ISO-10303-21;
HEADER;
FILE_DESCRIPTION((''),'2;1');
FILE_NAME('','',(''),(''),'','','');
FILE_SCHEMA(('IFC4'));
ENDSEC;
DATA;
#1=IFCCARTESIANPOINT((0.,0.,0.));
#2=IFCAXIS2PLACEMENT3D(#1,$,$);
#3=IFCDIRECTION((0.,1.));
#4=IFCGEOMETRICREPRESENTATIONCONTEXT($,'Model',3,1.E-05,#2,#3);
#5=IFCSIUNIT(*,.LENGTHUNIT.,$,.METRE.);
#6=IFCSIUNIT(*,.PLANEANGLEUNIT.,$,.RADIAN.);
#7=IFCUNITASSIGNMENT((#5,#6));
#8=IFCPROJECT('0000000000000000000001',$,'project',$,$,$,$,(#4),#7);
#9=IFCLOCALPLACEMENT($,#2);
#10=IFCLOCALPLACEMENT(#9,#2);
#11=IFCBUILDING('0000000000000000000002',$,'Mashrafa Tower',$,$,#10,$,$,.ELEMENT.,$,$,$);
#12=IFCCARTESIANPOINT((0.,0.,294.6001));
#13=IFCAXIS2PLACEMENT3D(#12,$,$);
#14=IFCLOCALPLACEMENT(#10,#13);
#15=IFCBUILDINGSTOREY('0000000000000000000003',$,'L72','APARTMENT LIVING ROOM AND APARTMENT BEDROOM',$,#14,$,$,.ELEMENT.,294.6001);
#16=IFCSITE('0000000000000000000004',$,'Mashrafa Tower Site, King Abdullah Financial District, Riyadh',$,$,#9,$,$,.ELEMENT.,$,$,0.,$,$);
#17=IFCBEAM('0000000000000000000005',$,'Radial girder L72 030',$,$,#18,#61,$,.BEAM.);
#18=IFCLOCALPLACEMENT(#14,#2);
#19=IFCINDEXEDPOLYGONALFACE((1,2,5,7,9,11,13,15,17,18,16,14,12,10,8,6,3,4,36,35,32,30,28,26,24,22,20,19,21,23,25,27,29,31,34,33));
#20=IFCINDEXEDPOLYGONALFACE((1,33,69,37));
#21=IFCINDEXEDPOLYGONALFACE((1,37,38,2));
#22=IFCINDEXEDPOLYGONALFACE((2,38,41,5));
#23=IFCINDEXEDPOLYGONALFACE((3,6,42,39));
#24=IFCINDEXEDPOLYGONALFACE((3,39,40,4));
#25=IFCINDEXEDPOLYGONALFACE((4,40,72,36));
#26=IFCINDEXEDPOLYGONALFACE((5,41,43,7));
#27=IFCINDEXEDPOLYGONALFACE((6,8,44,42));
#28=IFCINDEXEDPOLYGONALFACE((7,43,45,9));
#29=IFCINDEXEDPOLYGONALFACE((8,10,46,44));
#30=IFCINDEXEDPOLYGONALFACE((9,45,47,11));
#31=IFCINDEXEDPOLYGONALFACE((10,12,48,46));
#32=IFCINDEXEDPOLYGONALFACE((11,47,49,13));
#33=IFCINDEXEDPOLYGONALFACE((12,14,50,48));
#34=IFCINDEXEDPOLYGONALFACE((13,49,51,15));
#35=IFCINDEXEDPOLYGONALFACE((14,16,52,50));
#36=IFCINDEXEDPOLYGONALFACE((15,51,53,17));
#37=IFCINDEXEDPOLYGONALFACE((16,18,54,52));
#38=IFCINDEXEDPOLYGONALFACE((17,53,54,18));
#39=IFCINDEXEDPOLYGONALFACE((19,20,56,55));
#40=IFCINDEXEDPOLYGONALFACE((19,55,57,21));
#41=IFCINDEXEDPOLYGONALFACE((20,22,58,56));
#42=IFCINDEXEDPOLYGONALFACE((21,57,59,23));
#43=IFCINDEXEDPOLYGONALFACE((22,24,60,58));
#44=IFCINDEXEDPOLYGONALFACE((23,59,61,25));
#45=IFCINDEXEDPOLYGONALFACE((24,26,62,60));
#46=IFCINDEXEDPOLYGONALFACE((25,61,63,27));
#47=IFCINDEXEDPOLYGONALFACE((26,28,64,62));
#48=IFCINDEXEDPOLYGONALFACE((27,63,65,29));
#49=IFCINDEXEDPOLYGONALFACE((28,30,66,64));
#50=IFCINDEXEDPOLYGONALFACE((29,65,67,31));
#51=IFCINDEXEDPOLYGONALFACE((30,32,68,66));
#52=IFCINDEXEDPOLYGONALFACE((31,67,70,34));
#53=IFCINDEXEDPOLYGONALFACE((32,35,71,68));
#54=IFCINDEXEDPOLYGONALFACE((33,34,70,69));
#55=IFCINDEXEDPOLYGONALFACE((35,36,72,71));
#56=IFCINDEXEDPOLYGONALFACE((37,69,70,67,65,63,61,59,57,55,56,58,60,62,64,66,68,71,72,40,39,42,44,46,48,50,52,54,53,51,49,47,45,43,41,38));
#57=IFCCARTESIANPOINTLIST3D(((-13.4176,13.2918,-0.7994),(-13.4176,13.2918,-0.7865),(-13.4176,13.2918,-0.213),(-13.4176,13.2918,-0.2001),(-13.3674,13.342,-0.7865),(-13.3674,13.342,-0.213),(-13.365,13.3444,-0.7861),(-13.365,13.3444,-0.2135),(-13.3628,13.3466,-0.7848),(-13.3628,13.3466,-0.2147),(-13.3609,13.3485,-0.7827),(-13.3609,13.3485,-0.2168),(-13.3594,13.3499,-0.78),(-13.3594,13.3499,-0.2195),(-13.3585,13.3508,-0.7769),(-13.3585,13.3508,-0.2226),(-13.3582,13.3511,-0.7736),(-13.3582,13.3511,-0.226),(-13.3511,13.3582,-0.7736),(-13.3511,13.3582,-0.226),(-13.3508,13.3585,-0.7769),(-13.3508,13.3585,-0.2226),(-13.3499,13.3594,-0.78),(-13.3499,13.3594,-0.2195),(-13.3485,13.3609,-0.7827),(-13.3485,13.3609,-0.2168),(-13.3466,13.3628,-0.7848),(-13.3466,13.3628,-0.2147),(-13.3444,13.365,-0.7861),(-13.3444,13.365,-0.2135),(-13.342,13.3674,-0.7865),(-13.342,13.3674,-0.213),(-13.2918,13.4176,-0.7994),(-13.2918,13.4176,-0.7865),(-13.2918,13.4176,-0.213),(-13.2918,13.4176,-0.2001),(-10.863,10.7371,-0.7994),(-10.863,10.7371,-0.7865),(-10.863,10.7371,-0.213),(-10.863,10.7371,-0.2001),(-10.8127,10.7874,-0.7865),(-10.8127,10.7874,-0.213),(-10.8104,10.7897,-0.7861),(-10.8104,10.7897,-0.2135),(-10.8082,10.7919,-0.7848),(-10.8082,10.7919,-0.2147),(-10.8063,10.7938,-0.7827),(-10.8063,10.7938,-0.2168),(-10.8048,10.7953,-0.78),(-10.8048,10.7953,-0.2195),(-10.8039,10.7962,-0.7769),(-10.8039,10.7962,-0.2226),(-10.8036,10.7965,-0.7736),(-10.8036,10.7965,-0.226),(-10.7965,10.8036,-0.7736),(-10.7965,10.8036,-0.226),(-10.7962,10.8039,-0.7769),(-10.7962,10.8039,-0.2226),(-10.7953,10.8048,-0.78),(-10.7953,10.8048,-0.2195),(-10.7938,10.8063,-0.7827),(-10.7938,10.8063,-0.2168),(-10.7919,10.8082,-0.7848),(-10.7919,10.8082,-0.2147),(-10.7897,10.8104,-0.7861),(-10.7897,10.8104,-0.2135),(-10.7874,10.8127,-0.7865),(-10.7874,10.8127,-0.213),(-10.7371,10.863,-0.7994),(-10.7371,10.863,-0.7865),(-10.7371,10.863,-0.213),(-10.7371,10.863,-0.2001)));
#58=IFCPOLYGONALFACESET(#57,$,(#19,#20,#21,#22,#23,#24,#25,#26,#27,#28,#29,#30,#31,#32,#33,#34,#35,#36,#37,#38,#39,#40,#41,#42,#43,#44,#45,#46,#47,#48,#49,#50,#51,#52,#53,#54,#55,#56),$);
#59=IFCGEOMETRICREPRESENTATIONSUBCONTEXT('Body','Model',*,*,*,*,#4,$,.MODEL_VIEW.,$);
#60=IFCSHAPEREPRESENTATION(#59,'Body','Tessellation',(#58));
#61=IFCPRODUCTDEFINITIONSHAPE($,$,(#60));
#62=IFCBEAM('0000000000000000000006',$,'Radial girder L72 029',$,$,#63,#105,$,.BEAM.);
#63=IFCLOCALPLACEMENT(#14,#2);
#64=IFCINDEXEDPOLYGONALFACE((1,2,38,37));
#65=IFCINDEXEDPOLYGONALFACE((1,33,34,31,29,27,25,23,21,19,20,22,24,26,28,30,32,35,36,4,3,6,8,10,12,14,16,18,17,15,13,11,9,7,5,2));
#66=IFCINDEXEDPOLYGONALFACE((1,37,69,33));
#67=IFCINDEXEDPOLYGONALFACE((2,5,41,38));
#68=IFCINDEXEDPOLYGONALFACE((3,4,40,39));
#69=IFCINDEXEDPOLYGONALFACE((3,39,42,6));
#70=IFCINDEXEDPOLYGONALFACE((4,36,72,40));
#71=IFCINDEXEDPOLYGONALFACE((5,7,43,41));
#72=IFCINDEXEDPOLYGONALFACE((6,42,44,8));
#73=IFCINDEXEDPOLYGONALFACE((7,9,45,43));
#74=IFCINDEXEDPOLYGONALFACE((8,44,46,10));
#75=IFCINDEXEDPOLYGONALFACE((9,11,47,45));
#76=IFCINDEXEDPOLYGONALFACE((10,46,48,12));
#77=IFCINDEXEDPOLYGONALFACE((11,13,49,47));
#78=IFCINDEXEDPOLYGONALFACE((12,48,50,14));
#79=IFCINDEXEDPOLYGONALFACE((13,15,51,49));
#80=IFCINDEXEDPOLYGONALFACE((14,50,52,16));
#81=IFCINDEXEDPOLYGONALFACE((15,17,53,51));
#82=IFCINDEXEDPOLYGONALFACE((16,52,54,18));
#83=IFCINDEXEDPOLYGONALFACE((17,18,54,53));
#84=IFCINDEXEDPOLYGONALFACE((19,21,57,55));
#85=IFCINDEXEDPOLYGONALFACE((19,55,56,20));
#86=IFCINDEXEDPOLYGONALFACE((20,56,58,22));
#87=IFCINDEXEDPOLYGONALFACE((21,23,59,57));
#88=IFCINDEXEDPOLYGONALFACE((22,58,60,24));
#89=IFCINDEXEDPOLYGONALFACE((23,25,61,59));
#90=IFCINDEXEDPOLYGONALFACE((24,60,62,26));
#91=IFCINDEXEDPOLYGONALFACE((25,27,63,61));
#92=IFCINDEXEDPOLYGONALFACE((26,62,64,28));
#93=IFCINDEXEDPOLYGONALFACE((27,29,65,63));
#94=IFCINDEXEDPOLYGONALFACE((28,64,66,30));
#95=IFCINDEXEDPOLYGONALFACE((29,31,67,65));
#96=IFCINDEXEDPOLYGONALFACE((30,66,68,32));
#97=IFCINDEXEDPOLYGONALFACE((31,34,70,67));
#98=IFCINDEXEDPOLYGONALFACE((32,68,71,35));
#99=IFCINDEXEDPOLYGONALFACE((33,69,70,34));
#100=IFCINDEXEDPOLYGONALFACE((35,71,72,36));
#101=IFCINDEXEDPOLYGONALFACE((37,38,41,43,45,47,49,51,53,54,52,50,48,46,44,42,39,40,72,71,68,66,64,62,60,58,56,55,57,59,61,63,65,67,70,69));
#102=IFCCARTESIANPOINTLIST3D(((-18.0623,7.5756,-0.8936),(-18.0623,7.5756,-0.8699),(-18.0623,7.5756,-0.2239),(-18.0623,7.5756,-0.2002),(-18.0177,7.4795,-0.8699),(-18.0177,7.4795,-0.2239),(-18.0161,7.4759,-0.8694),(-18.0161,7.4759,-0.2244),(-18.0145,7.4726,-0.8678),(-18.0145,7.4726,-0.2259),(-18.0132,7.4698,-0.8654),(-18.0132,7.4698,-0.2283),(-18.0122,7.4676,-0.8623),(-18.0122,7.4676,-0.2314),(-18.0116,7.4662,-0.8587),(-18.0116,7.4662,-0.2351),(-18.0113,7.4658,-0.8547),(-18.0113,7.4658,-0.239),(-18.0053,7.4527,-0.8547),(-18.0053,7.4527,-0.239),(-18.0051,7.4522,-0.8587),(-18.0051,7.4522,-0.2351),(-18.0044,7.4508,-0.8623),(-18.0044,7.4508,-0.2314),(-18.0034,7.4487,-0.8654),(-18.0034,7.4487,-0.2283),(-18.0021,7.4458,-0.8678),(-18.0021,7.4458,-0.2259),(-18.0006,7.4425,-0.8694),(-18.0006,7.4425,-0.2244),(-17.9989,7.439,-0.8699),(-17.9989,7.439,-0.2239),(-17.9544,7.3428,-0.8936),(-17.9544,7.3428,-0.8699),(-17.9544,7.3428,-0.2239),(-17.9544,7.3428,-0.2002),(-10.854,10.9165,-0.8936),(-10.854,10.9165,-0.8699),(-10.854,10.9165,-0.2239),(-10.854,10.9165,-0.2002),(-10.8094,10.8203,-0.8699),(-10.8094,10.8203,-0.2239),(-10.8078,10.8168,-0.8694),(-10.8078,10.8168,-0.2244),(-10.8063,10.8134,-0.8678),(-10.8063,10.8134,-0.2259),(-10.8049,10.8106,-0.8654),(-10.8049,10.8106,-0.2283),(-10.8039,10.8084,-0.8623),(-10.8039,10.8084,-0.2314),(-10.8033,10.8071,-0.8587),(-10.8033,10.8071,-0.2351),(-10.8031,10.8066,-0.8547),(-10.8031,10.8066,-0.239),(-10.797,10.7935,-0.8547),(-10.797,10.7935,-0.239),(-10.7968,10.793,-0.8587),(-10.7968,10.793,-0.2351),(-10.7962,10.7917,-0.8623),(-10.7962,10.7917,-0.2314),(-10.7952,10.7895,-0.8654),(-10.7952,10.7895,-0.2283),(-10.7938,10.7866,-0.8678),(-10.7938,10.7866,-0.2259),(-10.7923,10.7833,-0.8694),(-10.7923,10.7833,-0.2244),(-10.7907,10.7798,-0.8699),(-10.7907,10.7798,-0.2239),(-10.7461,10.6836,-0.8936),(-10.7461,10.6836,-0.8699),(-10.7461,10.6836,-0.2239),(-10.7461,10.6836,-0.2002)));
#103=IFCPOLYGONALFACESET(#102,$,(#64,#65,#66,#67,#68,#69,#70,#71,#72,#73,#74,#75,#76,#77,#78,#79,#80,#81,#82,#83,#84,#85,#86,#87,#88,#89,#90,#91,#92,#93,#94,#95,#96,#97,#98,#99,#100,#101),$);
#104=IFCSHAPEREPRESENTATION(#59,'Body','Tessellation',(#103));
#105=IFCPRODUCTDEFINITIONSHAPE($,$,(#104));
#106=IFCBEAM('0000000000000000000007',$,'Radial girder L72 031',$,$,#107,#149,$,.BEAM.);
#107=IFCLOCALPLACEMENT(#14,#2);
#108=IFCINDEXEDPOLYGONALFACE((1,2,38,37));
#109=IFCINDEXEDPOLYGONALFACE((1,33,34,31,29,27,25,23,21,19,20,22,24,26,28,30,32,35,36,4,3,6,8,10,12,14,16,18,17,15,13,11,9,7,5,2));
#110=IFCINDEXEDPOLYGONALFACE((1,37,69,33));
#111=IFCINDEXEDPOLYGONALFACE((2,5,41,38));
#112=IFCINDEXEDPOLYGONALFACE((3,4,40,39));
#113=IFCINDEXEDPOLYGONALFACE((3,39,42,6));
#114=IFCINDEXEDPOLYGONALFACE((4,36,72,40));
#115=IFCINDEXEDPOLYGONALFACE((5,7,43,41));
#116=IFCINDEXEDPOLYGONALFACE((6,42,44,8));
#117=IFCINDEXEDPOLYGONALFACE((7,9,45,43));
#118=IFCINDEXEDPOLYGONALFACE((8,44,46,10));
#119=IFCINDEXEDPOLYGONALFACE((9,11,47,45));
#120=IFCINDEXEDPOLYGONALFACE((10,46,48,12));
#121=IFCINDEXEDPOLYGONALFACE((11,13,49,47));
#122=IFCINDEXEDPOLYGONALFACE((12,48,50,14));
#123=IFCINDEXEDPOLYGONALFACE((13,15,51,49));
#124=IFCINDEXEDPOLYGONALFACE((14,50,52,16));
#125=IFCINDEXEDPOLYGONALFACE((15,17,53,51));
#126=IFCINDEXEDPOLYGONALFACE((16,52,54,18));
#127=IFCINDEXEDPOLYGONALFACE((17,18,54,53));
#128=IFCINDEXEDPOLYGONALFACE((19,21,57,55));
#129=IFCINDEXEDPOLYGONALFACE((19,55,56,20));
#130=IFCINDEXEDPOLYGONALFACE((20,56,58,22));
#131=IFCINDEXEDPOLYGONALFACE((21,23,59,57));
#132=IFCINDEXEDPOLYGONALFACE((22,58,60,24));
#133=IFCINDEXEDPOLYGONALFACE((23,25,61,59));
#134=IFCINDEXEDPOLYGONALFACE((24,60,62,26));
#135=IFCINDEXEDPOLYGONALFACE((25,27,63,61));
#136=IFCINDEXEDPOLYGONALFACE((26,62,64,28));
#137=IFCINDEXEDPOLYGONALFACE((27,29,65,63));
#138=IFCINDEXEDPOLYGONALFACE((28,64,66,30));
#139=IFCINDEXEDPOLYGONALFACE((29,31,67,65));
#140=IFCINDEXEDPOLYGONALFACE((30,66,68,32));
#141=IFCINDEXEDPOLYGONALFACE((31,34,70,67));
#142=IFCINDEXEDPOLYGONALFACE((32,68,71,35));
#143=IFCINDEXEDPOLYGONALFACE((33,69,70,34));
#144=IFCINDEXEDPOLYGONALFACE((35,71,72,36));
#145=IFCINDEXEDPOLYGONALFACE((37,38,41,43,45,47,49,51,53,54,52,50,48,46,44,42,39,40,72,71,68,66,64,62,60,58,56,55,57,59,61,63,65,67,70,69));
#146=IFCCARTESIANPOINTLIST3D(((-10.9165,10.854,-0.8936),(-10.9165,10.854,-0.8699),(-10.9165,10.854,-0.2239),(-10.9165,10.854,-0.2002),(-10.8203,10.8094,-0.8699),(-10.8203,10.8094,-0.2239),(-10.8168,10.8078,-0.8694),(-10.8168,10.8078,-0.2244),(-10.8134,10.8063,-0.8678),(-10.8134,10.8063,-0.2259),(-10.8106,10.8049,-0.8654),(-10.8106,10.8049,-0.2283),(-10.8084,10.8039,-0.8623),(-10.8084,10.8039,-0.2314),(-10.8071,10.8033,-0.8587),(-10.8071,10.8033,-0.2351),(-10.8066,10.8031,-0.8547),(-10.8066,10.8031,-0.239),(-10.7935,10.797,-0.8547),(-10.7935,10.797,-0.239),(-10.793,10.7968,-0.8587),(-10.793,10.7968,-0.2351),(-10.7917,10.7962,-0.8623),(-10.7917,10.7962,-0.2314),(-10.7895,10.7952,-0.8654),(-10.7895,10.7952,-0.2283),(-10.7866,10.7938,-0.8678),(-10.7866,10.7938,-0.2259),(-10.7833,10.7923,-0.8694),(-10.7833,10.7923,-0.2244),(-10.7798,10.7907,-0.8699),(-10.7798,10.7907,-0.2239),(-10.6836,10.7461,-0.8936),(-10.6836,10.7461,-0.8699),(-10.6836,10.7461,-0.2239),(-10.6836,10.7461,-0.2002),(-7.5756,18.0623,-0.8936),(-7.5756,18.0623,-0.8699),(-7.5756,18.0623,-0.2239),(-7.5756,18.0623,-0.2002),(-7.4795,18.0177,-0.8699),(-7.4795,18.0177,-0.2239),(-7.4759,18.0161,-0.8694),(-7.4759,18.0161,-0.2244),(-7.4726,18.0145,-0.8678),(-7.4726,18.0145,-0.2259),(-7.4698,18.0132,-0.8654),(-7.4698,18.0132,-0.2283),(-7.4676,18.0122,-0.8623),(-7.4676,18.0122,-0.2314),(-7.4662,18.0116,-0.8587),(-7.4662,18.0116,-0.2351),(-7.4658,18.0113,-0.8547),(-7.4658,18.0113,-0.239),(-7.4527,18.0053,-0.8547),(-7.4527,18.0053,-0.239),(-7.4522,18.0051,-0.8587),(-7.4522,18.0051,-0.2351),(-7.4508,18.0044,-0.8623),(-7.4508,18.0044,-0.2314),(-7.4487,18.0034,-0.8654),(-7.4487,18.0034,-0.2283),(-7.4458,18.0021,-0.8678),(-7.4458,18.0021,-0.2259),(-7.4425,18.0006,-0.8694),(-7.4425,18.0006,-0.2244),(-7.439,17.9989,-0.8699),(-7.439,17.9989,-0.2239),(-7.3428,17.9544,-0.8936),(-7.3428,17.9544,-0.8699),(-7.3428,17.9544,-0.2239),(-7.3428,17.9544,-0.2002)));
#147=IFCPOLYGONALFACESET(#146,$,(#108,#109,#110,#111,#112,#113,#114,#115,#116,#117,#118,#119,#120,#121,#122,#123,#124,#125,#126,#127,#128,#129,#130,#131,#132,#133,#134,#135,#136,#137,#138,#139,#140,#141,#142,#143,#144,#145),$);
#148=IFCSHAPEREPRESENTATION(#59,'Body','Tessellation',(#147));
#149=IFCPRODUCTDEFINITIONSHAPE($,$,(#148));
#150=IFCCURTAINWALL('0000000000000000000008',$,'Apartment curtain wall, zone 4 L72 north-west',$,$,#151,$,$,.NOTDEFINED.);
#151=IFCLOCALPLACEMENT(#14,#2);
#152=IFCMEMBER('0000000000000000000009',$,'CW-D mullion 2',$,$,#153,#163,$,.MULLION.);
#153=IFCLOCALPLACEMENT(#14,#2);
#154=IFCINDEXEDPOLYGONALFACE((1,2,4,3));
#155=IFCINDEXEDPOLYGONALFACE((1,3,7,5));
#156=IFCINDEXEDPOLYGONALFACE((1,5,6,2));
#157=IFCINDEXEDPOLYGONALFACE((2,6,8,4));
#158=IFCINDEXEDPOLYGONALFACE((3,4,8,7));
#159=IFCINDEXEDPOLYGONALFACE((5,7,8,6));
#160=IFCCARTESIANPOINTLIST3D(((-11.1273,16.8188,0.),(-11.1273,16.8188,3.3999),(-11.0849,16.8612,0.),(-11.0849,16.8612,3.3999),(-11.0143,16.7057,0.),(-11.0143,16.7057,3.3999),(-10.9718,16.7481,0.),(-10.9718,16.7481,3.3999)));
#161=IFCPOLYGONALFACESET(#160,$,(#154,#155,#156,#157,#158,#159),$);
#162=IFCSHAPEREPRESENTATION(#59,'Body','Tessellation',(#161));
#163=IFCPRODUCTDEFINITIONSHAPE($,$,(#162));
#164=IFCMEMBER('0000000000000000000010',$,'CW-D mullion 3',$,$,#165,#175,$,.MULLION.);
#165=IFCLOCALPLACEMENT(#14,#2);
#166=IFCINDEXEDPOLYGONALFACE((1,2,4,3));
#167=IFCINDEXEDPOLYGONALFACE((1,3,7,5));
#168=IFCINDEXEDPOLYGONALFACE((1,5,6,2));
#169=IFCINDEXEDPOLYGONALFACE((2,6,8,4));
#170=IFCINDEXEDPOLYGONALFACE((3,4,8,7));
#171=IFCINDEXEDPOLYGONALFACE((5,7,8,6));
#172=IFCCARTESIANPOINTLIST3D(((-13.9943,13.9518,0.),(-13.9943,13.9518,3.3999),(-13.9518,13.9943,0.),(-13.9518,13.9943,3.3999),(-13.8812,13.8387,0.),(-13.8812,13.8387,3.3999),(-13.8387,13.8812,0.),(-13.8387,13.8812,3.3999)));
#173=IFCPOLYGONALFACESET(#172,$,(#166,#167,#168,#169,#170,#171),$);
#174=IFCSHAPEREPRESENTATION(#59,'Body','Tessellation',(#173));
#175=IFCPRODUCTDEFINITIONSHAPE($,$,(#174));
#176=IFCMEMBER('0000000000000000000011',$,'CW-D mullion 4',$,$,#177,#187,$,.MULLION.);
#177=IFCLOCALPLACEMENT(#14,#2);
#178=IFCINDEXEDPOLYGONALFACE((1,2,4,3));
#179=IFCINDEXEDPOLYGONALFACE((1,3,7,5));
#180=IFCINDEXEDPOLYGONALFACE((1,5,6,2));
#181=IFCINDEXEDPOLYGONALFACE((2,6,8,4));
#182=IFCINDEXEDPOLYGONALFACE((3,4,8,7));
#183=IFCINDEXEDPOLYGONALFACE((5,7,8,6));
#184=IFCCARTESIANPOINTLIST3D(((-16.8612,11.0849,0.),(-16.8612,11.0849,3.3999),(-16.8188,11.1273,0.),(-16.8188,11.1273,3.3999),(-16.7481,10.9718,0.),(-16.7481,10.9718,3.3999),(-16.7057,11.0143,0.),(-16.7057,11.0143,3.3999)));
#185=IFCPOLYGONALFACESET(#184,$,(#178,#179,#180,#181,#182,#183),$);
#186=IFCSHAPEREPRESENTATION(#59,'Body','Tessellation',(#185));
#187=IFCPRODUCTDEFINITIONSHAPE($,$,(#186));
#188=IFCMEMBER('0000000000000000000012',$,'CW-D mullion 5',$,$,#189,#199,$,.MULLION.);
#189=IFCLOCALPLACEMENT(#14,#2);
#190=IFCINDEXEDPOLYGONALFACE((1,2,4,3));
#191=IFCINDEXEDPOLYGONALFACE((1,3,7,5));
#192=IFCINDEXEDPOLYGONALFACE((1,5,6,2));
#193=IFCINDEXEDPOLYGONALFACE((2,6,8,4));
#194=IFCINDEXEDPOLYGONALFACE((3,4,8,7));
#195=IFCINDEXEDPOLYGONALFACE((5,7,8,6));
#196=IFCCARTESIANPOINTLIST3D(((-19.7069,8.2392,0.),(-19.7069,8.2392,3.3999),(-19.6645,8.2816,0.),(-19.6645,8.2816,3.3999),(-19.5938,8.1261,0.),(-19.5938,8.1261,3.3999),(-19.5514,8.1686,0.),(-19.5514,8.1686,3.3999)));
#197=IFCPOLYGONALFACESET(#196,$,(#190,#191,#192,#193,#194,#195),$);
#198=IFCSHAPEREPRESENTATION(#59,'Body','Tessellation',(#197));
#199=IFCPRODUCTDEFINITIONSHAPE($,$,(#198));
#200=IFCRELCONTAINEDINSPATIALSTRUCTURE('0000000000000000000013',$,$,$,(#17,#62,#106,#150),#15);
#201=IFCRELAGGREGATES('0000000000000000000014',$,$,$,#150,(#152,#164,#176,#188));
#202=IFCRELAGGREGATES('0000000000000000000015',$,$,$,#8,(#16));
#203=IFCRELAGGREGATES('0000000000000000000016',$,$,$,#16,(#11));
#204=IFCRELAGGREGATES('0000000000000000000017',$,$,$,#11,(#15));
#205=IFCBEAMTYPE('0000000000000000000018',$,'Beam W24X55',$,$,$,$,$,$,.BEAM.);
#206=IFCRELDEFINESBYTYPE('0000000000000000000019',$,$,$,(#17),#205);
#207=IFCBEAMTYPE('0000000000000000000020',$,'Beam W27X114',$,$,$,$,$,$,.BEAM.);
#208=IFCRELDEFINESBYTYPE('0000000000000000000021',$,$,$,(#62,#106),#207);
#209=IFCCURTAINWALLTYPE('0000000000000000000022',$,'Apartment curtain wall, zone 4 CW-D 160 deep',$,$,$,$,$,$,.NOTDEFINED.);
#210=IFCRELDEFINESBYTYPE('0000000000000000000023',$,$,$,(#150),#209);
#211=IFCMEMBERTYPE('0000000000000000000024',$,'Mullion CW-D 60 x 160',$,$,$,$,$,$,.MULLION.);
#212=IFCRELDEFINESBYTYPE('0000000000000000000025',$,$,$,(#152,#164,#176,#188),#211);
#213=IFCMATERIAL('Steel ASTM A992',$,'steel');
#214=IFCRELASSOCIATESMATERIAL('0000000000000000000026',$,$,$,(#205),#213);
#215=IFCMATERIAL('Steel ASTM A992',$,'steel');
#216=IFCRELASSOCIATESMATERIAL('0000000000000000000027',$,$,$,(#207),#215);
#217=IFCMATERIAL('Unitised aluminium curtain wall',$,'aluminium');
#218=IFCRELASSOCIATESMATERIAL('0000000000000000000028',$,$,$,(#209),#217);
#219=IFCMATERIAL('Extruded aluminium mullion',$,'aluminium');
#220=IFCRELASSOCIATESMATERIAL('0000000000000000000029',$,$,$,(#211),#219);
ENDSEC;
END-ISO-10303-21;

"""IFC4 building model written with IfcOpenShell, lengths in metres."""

from ifc_helpers import new_model, si_unit, direction, frame, origin, origin_2d, place, context, subcontext, project, spatial, rectangle, i_section, extrude, source, transform, mapped, material, material_profile, profile_set, type_object, type_shapes, element, aggregate, save


model = new_model("IFC4")

# Units and contexts
model_context = context("Model", 3, precision=1e-05, world=origin(), true_north=direction((0.0, 1.0)))
body_context = subcontext(model_context, "Body", "Model", "MODEL_VIEW")
ifc_project = project(units=[si_unit("LENGTHUNIT", "METRE"), si_unit("PLANEANGLEUNIT", "RADIAN")], contexts=[model_context])

# Site, building, storey
site_placement = place(None, origin())
site = spatial("IfcSite", under=ifc_project, at=site_placement, Name="Mashrafa Tower Site, King Abdullah Financial District, Riyadh", CompositionType="ELEMENT", RefElevation=0.0)
building_placement = place(site_placement, origin())
building = spatial("IfcBuilding", under=site, at=building_placement, Name="Mashrafa Tower", CompositionType="ELEMENT")
storey_placement = place(building_placement, frame((0.0, 0.0, 294.6001)))
storey = spatial("IfcBuildingStorey", under=building, at=storey_placement, Name="L72", Description="APARTMENT LIVING ROOM AND APARTMENT BEDROOM", CompositionType="ELEMENT", Elevation=294.6001)

# Beams
ifc_material_1 = material(Name="Steel ASTM A992", Category="steel")
ifc_material_profile_1 = material_profile(ifc_material_1, i_section(OverallWidth=0.178, OverallDepth=0.5994, WebThickness=0.01, FlangeThickness=0.0129, FilletRadius=0.0129, at=origin_2d()), Name="W24X55")
ifc_profile_set_1 = profile_set([ifc_material_profile_1], Name="Steel ASTM A992")
beam_type_1 = type_object("IfcBeamType", Name="Beam W24X55", PredefinedType="BEAM", material=ifc_profile_set_1)
beam_1_placement = place(storey_placement, frame((-10.8, 10.8, -0.4998), z_axis=(-0.707107, 0.707107, 0.0), x_axis=(-0.707107, -0.707107, 0.0)))
element("IfcBeam", 1, at=beam_1_placement, inside=storey, type_object=beam_type_1, Name="Radial girder L72 030", PredefinedType="BEAM", context=body_context, shape_type="SweptSolid", body=[
    extrude(i_section(OverallWidth=0.178, OverallDepth=0.5994, WebThickness=0.01, FlangeThickness=0.0129, FilletRadius=0.0129, at=origin_2d()), origin(), (0.0, 0.0, 1.0), 3.6128),
])
ifc_material_2 = material(Name="Steel ASTM A992", Category="steel")
ifc_material_profile_2 = material_profile(ifc_material_2, i_section(OverallWidth=0.2566, OverallDepth=0.6934, WebThickness=0.0144, FlangeThickness=0.0237, FilletRadius=0.0151, at=origin_2d()), Name="W27X114")
ifc_profile_set_2 = profile_set([ifc_material_profile_2], Name="Steel ASTM A992")
beam_type_2 = type_object("IfcBeamType", Name="Beam W27X114", PredefinedType="BEAM", material=ifc_profile_set_2)
for number, where, z_axis, x_axis, name in (
    (2, (-10.8, 10.8, -0.5469), (-0.907291, -0.420504, 0.0), (0.420504, -0.907291, 0.0), "Radial girder L72 029"),
    (3, (-10.8, 10.8, -0.5469), (0.420504, 0.907291, 0.0), (-0.907291, 0.420504, 0.0), "Radial girder L72 031"),
):
    element("IfcBeam", number, at=place(storey_placement, frame(where, z_axis=z_axis, x_axis=x_axis)), inside=storey, type_object=beam_type_2, Name=name, PredefinedType="BEAM", context=body_context, shape_type="SweptSolid", body=[
        extrude(i_section(OverallWidth=0.2566, OverallDepth=0.6934, WebThickness=0.0144, FlangeThickness=0.0237, FilletRadius=0.0151, at=origin_2d()), origin(), (0.0, 0.0, 1.0), 7.9448),
    ])

# Curtain wall, members
ifc_material_3 = material(Name="Unitised aluminium curtain wall", Category="aluminium")
curtain_wall_type = type_object("IfcCurtainWallType", Name="Apartment curtain wall, zone 4 CW-D 160 deep", PredefinedType="NOTDEFINED", material=ifc_material_3)
curtain_wall_placement = place(storey_placement, origin())
curtain_wall = element("IfcCurtainWall", 4, at=curtain_wall_placement, inside=storey, type_object=curtain_wall_type, Name="Apartment curtain wall, zone 4 L72 north-west", PredefinedType="NOTDEFINED")
ifc_material_4 = material(Name="Extruded aluminium mullion", Category="aluminium")
ifc_material_profile_3 = material_profile(ifc_material_4, rectangle(XDim=0.1599, YDim=0.0601, at=origin_2d()), Name="Mullion 60x160")
ifc_profile_set_3 = profile_set([ifc_material_profile_3], Name="Extruded aluminium mullion")
member_type_1 = type_object("IfcMemberType", Name="Mullion CW-D 60 x 160", PredefinedType="MULLION", material=ifc_profile_set_3)
shared_shape_1 = source(origin(), body_context, "Body", "SweptSolid", [
    extrude(rectangle(XDim=0.1599, YDim=0.0601, at=origin_2d()), origin(), (0.0, 0.0, 1.0), 3.3999),
])
type_shapes(member_type_1, [shared_shape_1])
member_1_placement = place(storey_placement, frame((-11.0496, 16.7834, 0.0), z_axis=(0.0, 0.0, 1.0), x_axis=(0.707107, -0.707107, 0.0)))
member_1 = element("IfcMember", 5, at=member_1_placement, type_object=member_type_1, Name="CW-D mullion 2", PredefinedType="MULLION", context=body_context, shape_type="MappedRepresentation", body=[
    mapped(shared_shape_1, transform((0.0, 0.0, 0.0))),
])
member_2_placement = place(storey_placement, frame((-13.9165, 13.9165, 0.0), z_axis=(0.0, 0.0, 1.0), x_axis=(0.707107, -0.707107, 0.0)))
member_2 = element("IfcMember", 6, at=member_2_placement, type_object=member_type_1, Name="CW-D mullion 3", PredefinedType="MULLION", context=body_context, shape_type="MappedRepresentation", body=[
    mapped(shared_shape_1, transform((0.0, 0.0, 0.0))),
])
member_3_placement = place(storey_placement, frame((-16.7834, 11.0496, 0.0), z_axis=(0.0, 0.0, 1.0), x_axis=(0.707107, -0.707107, 0.0)))
member_3 = element("IfcMember", 7, at=member_3_placement, type_object=member_type_1, Name="CW-D mullion 4", PredefinedType="MULLION", context=body_context, shape_type="MappedRepresentation", body=[
    mapped(shared_shape_1, transform((0.0, 0.0, 0.0))),
])
member_4_placement = place(storey_placement, frame((-19.6292, 8.2039, 0.0), z_axis=(0.0, 0.0, 1.0), x_axis=(0.707107, -0.707107, 0.0)))
member_4 = element("IfcMember", 8, at=member_4_placement, type_object=member_type_1, Name="CW-D mullion 5", PredefinedType="MULLION", context=body_context, shape_type="MappedRepresentation", body=[
    mapped(shared_shape_1, transform((0.0, 0.0, 0.0))),
])
aggregate(curtain_wall, [member_1, member_2, member_3, member_4])

save(model, "model.ifc")
